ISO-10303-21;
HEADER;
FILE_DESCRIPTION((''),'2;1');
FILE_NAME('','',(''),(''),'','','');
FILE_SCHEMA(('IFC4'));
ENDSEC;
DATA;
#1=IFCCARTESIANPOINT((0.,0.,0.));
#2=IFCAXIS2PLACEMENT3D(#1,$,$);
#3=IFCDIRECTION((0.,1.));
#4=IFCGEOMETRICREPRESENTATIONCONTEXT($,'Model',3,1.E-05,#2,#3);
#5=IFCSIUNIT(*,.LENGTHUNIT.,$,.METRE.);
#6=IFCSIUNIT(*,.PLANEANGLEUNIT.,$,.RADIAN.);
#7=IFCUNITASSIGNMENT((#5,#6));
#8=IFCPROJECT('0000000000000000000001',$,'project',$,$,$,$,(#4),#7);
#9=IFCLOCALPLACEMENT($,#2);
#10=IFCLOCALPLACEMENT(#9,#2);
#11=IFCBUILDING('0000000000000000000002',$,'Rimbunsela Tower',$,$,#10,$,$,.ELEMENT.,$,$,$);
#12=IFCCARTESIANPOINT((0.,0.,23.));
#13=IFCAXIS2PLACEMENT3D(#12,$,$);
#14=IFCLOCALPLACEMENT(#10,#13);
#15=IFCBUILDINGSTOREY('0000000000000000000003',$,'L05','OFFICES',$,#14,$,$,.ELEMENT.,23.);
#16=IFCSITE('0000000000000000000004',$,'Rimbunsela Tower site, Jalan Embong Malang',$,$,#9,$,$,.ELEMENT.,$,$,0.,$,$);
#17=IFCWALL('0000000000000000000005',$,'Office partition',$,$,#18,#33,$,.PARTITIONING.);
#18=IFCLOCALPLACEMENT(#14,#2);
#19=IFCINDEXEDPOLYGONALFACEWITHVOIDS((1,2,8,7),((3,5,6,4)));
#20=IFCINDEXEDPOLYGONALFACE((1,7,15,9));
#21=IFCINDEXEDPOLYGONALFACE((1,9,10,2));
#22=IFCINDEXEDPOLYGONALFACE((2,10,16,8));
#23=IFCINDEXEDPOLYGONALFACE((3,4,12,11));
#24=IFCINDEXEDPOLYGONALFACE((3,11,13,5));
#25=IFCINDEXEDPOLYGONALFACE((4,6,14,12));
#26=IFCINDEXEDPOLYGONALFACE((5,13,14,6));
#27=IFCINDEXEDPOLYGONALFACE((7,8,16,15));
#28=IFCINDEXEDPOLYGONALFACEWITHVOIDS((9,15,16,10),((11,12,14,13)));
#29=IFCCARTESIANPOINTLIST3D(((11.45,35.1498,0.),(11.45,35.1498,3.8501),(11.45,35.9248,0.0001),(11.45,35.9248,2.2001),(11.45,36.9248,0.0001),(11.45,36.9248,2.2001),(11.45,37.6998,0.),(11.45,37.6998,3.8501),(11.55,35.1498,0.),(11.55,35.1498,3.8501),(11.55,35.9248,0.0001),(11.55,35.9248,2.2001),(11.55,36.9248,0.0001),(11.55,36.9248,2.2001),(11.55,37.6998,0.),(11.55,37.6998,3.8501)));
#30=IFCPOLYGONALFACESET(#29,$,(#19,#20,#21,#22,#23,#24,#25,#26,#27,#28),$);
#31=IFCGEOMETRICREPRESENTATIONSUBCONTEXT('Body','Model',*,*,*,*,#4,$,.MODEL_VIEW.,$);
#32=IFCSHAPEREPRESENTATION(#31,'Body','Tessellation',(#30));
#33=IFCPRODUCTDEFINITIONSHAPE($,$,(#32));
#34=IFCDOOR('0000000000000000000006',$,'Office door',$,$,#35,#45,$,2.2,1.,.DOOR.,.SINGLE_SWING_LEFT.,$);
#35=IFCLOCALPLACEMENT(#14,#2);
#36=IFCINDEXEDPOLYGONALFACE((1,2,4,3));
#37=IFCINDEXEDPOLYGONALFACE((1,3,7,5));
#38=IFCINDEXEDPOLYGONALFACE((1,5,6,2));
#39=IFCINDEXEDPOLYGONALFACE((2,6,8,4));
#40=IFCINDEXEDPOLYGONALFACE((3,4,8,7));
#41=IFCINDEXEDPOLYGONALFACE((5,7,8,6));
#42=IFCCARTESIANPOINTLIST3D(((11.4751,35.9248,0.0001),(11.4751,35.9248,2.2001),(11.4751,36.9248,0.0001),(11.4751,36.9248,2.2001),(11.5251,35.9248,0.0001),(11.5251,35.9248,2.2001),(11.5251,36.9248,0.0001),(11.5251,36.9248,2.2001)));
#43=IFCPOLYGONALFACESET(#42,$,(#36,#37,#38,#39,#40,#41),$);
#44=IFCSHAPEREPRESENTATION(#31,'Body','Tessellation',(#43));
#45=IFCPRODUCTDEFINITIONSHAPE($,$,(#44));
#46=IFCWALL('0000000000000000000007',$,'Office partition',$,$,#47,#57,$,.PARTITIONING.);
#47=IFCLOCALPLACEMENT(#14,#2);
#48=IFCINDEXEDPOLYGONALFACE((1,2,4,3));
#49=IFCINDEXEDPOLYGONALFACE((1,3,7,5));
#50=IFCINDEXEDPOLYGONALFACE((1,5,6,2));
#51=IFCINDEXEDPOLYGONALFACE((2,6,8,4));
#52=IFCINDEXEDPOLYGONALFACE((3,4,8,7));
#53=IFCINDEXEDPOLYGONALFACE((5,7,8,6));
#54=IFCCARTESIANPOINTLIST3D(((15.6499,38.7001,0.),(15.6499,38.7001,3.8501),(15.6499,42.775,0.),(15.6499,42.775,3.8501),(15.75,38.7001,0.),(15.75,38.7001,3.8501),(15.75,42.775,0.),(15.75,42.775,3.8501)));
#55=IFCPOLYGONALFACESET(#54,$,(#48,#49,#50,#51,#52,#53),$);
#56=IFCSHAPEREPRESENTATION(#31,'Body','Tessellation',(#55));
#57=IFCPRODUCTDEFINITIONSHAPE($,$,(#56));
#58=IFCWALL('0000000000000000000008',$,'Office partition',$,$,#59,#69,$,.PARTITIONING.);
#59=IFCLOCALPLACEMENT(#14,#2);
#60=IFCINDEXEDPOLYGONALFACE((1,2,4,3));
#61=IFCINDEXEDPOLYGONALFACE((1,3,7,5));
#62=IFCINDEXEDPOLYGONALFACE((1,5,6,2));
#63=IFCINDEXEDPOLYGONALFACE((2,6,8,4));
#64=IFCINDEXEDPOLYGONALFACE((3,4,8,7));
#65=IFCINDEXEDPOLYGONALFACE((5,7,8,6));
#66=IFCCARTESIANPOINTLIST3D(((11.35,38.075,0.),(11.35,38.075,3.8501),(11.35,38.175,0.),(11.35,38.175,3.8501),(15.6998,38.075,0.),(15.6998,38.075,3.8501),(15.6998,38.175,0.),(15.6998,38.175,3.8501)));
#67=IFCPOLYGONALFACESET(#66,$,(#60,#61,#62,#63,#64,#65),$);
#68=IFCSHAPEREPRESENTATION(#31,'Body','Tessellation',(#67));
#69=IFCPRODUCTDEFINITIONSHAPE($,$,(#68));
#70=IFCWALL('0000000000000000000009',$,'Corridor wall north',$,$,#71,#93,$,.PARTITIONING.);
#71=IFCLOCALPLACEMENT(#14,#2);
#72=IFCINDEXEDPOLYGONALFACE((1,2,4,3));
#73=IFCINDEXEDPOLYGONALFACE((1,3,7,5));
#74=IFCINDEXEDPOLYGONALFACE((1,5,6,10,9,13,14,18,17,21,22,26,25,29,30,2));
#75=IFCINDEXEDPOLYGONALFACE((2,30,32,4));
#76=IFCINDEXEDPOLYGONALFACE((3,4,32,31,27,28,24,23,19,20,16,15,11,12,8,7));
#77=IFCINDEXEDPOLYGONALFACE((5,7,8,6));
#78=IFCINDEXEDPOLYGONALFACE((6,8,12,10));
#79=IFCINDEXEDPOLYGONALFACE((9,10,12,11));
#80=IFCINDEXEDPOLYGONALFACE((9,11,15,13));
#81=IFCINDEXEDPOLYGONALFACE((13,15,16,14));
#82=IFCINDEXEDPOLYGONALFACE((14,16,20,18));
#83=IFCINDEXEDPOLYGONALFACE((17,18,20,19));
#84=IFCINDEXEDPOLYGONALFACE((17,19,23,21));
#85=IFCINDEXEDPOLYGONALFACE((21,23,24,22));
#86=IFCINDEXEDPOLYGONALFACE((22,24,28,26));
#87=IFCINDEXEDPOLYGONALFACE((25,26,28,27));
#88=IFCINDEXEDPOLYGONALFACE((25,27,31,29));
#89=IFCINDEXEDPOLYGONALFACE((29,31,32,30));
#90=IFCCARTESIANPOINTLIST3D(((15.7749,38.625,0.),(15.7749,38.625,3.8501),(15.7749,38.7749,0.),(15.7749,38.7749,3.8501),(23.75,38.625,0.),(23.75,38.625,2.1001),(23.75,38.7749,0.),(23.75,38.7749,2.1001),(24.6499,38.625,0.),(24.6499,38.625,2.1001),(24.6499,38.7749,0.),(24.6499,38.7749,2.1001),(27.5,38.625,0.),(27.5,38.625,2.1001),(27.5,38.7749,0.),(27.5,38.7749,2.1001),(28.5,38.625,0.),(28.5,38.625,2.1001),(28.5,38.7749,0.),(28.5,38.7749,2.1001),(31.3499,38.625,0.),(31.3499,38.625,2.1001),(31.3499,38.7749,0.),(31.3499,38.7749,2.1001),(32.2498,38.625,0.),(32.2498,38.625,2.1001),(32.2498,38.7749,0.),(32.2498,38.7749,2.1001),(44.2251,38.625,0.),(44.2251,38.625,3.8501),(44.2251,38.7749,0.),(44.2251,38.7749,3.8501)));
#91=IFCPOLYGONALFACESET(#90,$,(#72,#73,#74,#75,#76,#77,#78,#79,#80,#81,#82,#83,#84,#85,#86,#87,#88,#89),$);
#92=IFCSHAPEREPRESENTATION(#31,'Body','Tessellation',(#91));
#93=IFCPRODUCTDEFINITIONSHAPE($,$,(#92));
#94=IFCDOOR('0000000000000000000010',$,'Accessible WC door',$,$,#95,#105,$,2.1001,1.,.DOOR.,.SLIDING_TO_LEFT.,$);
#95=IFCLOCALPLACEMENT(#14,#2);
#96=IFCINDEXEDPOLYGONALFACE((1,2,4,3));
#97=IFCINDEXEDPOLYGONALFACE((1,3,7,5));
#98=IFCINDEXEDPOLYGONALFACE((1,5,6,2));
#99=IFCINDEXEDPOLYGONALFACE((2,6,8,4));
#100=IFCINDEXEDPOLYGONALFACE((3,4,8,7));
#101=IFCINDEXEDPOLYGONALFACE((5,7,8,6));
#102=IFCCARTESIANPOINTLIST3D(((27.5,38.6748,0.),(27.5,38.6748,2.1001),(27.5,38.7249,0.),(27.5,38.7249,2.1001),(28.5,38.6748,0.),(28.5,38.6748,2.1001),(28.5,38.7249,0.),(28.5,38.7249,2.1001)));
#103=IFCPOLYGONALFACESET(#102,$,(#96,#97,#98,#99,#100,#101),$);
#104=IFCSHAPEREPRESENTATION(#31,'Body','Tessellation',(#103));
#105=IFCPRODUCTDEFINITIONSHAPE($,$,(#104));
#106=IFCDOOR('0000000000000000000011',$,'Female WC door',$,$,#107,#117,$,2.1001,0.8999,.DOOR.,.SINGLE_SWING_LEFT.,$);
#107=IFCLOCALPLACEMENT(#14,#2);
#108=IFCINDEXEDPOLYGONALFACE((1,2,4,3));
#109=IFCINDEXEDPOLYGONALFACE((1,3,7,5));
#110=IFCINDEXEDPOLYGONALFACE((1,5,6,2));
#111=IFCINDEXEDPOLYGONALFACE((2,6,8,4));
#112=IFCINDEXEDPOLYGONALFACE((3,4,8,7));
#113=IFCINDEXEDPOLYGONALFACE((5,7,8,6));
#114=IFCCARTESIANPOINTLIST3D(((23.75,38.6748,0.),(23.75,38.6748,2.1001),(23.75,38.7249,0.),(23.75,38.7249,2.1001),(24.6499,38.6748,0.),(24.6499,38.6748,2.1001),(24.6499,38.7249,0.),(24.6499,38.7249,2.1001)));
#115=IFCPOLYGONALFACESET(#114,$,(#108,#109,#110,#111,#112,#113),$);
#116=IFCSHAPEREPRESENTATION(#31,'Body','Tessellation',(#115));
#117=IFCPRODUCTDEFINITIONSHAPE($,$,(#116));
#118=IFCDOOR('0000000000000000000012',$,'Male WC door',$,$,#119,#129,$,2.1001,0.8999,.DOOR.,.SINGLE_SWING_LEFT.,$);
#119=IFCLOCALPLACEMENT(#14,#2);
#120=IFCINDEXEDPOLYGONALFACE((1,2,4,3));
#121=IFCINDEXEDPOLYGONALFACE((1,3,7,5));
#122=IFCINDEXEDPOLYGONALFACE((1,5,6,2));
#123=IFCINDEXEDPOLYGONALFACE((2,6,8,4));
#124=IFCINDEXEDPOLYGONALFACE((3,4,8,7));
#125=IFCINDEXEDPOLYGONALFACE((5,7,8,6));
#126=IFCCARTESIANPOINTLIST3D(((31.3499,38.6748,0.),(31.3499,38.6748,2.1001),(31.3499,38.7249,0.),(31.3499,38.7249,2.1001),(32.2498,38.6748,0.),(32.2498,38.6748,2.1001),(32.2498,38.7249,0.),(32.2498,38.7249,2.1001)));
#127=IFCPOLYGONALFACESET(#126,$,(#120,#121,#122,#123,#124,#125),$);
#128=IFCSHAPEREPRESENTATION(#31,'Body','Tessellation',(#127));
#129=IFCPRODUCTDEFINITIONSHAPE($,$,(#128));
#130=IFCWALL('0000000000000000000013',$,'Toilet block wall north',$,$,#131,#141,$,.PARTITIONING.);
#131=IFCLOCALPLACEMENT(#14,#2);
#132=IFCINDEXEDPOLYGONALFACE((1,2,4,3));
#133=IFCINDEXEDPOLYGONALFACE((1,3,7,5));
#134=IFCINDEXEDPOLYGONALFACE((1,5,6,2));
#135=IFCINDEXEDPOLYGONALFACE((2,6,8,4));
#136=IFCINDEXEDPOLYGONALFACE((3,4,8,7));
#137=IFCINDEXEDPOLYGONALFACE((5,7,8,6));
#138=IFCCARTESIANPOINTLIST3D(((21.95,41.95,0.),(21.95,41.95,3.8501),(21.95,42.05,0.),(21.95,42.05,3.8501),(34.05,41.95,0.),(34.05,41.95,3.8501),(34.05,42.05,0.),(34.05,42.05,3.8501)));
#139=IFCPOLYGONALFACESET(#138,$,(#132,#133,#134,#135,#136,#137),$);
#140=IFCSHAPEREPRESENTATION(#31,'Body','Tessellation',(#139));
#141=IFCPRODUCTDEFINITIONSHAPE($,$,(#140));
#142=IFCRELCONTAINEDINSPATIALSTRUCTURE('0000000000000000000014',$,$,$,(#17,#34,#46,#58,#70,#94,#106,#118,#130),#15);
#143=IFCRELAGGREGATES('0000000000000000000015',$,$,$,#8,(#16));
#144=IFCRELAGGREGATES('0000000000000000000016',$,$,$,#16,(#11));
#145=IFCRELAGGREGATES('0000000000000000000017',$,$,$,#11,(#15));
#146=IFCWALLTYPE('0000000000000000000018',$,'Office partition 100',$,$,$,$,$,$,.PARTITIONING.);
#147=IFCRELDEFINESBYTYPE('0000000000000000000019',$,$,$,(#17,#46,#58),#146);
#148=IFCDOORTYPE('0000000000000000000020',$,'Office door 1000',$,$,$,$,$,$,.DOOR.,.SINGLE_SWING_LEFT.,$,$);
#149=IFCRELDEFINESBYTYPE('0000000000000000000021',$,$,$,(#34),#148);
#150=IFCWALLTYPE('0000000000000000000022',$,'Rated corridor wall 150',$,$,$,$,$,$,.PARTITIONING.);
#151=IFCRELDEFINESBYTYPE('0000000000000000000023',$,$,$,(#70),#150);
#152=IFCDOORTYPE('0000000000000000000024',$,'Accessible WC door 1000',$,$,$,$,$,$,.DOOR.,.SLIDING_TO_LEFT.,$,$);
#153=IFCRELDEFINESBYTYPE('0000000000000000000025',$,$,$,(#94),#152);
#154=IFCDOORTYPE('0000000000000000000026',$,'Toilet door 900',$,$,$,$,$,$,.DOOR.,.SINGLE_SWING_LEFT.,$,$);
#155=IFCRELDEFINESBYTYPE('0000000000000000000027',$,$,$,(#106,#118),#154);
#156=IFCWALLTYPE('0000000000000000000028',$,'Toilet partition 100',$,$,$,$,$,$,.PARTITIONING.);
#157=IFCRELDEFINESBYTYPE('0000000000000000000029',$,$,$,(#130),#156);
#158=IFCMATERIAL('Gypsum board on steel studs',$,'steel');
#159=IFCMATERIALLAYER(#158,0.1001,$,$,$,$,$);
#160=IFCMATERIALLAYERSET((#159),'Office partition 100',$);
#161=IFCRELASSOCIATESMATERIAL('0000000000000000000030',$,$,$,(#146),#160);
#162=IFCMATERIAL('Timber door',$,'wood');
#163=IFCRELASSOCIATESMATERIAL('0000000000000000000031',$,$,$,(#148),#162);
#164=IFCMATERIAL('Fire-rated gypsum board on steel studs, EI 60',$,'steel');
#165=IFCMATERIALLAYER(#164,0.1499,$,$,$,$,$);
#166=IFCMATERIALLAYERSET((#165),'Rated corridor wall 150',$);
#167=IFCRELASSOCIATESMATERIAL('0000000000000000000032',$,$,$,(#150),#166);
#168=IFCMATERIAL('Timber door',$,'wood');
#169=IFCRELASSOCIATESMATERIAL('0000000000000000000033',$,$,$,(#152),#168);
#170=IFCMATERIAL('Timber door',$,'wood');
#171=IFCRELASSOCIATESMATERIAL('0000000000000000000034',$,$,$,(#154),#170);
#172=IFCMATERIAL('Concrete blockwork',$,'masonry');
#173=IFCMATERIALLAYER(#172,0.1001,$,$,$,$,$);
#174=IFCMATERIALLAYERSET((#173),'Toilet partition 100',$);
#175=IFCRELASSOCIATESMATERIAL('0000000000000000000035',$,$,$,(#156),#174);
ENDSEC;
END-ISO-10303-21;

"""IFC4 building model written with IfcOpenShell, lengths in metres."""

from ifc_helpers import new_model, si_unit, direction, frame, frame_2d, origin, place, context, subcontext, project, spatial, rectangle, extrude, material, layer, layer_set, type_object, element, fill, save


model = new_model("IFC4")

# Units and contexts
model_context = context("Model", 3, precision=1e-05, world=origin(), true_north=direction((0.0, 1.0)))
body_context = subcontext(model_context, "Body", "Model", "MODEL_VIEW")
ifc_project = project(units=[si_unit("LENGTHUNIT", "METRE"), si_unit("PLANEANGLEUNIT", "RADIAN")], contexts=[model_context])

# Site, building, storey
site_placement = place(None, origin())
site = spatial("IfcSite", under=ifc_project, at=site_placement, Name="Rimbunsela Tower site, Jalan Embong Malang", CompositionType="ELEMENT", RefElevation=0.0)
building_placement = place(site_placement, origin())
building = spatial("IfcBuilding", under=site, at=building_placement, Name="Rimbunsela Tower", CompositionType="ELEMENT")
storey_placement = place(building_placement, frame((0.0, 0.0, 23.0)))
storey = spatial("IfcBuildingStorey", under=building, at=storey_placement, Name="L05", Description="OFFICES", CompositionType="ELEMENT", Elevation=23.0)

# Shared definitions
ifc_material_1 = material(Name="Gypsum board on steel studs", Category="steel")
ifc_layer_1 = layer(ifc_material_1, 0.1001)
ifc_layer_set_1 = layer_set([ifc_layer_1], Name="Office partition 100")
wall_type_1 = type_object("IfcWallType", Name="Office partition 100", PredefinedType="PARTITIONING", material=ifc_layer_set_1)

# Wall, opening, door
wall_1_placement = place(storey_placement, frame((11.5, 35.1499, 0.0), z_axis=(0.0, 0.0, 1.0), x_axis=(0.0, 1.0, 0.0)))
wall_1 = element("IfcWall", 1, at=wall_1_placement, inside=storey, type_object=wall_type_1, Name="Office partition", PredefinedType="PARTITIONING", context=body_context, shape_type="SweptSolid", body=[
    extrude(rectangle(XDim=2.55, YDim=0.1001, at=frame_2d((1.2749, 0.0))), origin(), (0.0, 0.0, 1.0), 3.8501),
])
opening_1_placement = place(wall_1_placement, frame((0.7749, 0.0, 0.0)))
opening_1 = element("IfcOpeningElement", 2, at=opening_1_placement, cuts=wall_1, PredefinedType="OPENING", context=body_context, shape_type="SweptSolid", body=[
    extrude(rectangle(XDim=1.0, YDim=2.2, at=frame_2d((0.5, 1.1001))), frame((0.0, 0.0601, 0.0), z_axis=(0.0, -1.0, 0.0), x_axis=(1.0, 0.0, 0.0)), (0.0, 0.0, 1.0), 0.1201),
])
ifc_material_2 = material(Name="Timber door", Category="wood")
door_type_1 = type_object("IfcDoorType", Name="Office door 1000", OperationType="SINGLE_SWING_LEFT", PredefinedType="DOOR", material=ifc_material_2)
door_1_placement = place(opening_1_placement, origin())
door_1 = element("IfcDoor", 3, at=door_1_placement, inside=storey, type_object=door_type_1, Name="Office door", OperationType="SINGLE_SWING_LEFT", OverallHeight=2.2, OverallWidth=1.0, PredefinedType="DOOR", context=body_context, shape_type="SweptSolid", body=[
    extrude(rectangle(XDim=1.0, YDim=2.2, at=frame_2d((0.5, 1.1001))), frame((0.0, 0.0249, 0.0), z_axis=(0.0, -1.0, 0.0), x_axis=(1.0, 0.0, 0.0)), (0.0, 0.0, 1.0), 0.05),
])
fill(opening_1, door_1)

# Walls
wall_2_placement = place(storey_placement, frame((15.7, 38.7, 0.0), z_axis=(0.0, 0.0, 1.0), x_axis=(0.0, 1.0, 0.0)))
element("IfcWall", 4, at=wall_2_placement, inside=storey, type_object=wall_type_1, Name="Office partition", PredefinedType="PARTITIONING", context=body_context, shape_type="SweptSolid", body=[
    extrude(rectangle(XDim=4.075, YDim=0.1001, at=frame_2d((2.0376, 0.0))), origin(), (0.0, 0.0, 1.0), 3.8501),
])
wall_3_placement = place(storey_placement, frame((11.3501, 38.125, 0.0), z_axis=(0.0, 0.0, 1.0), x_axis=(1.0, 0.0, 0.0)))
element("IfcWall", 5, at=wall_3_placement, inside=storey, type_object=wall_type_1, Name="Office partition", PredefinedType="PARTITIONING", context=body_context, shape_type="SweptSolid", body=[
    extrude(rectangle(XDim=4.3499, YDim=0.1001, at=frame_2d((2.1748, 0.0))), origin(), (0.0, 0.0, 1.0), 3.8501),
])

# Wall, openings, doors
ifc_material_3 = material(Name="Fire-rated gypsum board on steel studs, EI 60", Category="steel")
ifc_layer_2 = layer(ifc_material_3, 0.1499)
ifc_layer_set_2 = layer_set([ifc_layer_2], Name="Rated corridor wall 150")
wall_type_2 = type_object("IfcWallType", Name="Rated corridor wall 150", PredefinedType="PARTITIONING", material=ifc_layer_set_2)
wall_4_placement = place(storey_placement, frame((15.7749, 38.7, 0.0), z_axis=(0.0, 0.0, 1.0), x_axis=(1.0, 0.0, 0.0)))
wall_4 = element("IfcWall", 6, at=wall_4_placement, inside=storey, type_object=wall_type_2, Name="Corridor wall north", PredefinedType="PARTITIONING", context=body_context, shape_type="SweptSolid", body=[
    extrude(rectangle(XDim=28.4502, YDim=0.1499, at=frame_2d((14.2251, 0.0))), origin(), (0.0, 0.0, 1.0), 3.8501),
])
opening_2_placement = place(wall_4_placement, frame((7.9751, 0.0, 0.0)))
opening_2 = element("IfcOpeningElement", 7, at=opening_2_placement, cuts=wall_4, PredefinedType="OPENING", context=body_context, shape_type="SweptSolid", body=[
    extrude(rectangle(XDim=0.8999, YDim=2.1001, at=frame_2d((0.45, 1.05))), frame((0.0, 0.085, 0.0), z_axis=(0.0, -1.0, 0.0), x_axis=(1.0, 0.0, 0.0)), (0.0, 0.0, 1.0), 0.1699),
])
opening_3_placement = place(wall_4_placement, frame((11.7251, 0.0, 0.0)))
opening_3 = element("IfcOpeningElement", 8, at=opening_3_placement, cuts=wall_4, PredefinedType="OPENING", context=body_context, shape_type="SweptSolid", body=[
    extrude(rectangle(XDim=1.0, YDim=2.1001, at=frame_2d((0.5, 1.05))), frame((0.0, 0.085, 0.0), z_axis=(0.0, -1.0, 0.0), x_axis=(1.0, 0.0, 0.0)), (0.0, 0.0, 1.0), 0.1699),
])
opening_4_placement = place(wall_4_placement, frame((15.575, 0.0, 0.0)))
opening_4 = element("IfcOpeningElement", 9, at=opening_4_placement, cuts=wall_4, PredefinedType="OPENING", context=body_context, shape_type="SweptSolid", body=[
    extrude(rectangle(XDim=0.8999, YDim=2.1001, at=frame_2d((0.45, 1.05))), frame((0.0, 0.085, 0.0), z_axis=(0.0, -1.0, 0.0), x_axis=(1.0, 0.0, 0.0)), (0.0, 0.0, 1.0), 0.1699),
])
ifc_material_4 = material(Name="Timber door", Category="wood")
door_type_2 = type_object("IfcDoorType", Name="Accessible WC door 1000", OperationType="SLIDING_TO_LEFT", PredefinedType="DOOR", material=ifc_material_4)
door_2_placement = place(opening_3_placement, origin())
door_2 = element("IfcDoor", 10, at=door_2_placement, inside=storey, type_object=door_type_2, Name="Accessible WC door", OperationType="SLIDING_TO_LEFT", OverallHeight=2.1001, OverallWidth=1.0, PredefinedType="DOOR", context=body_context, shape_type="SweptSolid", body=[
    extrude(rectangle(XDim=1.0, YDim=2.1001, at=frame_2d((0.5, 1.05))), frame((0.0, 0.0249, 0.0), z_axis=(0.0, -1.0, 0.0), x_axis=(1.0, 0.0, 0.0)), (0.0, 0.0, 1.0), 0.05),
])
fill(opening_3, door_2)
ifc_material_5 = material(Name="Timber door", Category="wood")
door_type_3 = type_object("IfcDoorType", Name="Toilet door 900", OperationType="SINGLE_SWING_LEFT", PredefinedType="DOOR", material=ifc_material_5)
door_3_placement = place(opening_2_placement, origin())
door_3 = element("IfcDoor", 11, at=door_3_placement, inside=storey, type_object=door_type_3, Name="Female WC door", OperationType="SINGLE_SWING_LEFT", OverallHeight=2.1001, OverallWidth=0.8999, PredefinedType="DOOR", context=body_context, shape_type="SweptSolid", body=[
    extrude(rectangle(XDim=0.8999, YDim=2.1001, at=frame_2d((0.45, 1.05))), frame((0.0, 0.0249, 0.0), z_axis=(0.0, -1.0, 0.0), x_axis=(1.0, 0.0, 0.0)), (0.0, 0.0, 1.0), 0.05),
])
fill(opening_2, door_3)
door_4_placement = place(opening_4_placement, origin())
door_4 = element("IfcDoor", 12, at=door_4_placement, inside=storey, type_object=door_type_3, Name="Male WC door", OperationType="SINGLE_SWING_LEFT", OverallHeight=2.1001, OverallWidth=0.8999, PredefinedType="DOOR", context=body_context, shape_type="SweptSolid", body=[
    extrude(rectangle(XDim=0.8999, YDim=2.1001, at=frame_2d((0.45, 1.05))), frame((0.0, 0.0249, 0.0), z_axis=(0.0, -1.0, 0.0), x_axis=(1.0, 0.0, 0.0)), (0.0, 0.0, 1.0), 0.05),
])
fill(opening_4, door_4)

# Wall
ifc_material_6 = material(Name="Concrete blockwork", Category="masonry")
ifc_layer_3 = layer(ifc_material_6, 0.1001)
ifc_layer_set_3 = layer_set([ifc_layer_3], Name="Toilet partition 100")
wall_type_3 = type_object("IfcWallType", Name="Toilet partition 100", PredefinedType="PARTITIONING", material=ifc_layer_set_3)
wall_5_placement = place(storey_placement, frame((21.95, 42.0, 0.0), z_axis=(0.0, 0.0, 1.0), x_axis=(1.0, 0.0, 0.0)))
element("IfcWall", 13, at=wall_5_placement, inside=storey, type_object=wall_type_3, Name="Toilet block wall north", PredefinedType="PARTITIONING", context=body_context, shape_type="SweptSolid", body=[
    extrude(rectangle(XDim=12.1001, YDim=0.1001, at=frame_2d((6.05, 0.0))), origin(), (0.0, 0.0, 1.0), 3.8501),
])

save(model, "model.ifc")
